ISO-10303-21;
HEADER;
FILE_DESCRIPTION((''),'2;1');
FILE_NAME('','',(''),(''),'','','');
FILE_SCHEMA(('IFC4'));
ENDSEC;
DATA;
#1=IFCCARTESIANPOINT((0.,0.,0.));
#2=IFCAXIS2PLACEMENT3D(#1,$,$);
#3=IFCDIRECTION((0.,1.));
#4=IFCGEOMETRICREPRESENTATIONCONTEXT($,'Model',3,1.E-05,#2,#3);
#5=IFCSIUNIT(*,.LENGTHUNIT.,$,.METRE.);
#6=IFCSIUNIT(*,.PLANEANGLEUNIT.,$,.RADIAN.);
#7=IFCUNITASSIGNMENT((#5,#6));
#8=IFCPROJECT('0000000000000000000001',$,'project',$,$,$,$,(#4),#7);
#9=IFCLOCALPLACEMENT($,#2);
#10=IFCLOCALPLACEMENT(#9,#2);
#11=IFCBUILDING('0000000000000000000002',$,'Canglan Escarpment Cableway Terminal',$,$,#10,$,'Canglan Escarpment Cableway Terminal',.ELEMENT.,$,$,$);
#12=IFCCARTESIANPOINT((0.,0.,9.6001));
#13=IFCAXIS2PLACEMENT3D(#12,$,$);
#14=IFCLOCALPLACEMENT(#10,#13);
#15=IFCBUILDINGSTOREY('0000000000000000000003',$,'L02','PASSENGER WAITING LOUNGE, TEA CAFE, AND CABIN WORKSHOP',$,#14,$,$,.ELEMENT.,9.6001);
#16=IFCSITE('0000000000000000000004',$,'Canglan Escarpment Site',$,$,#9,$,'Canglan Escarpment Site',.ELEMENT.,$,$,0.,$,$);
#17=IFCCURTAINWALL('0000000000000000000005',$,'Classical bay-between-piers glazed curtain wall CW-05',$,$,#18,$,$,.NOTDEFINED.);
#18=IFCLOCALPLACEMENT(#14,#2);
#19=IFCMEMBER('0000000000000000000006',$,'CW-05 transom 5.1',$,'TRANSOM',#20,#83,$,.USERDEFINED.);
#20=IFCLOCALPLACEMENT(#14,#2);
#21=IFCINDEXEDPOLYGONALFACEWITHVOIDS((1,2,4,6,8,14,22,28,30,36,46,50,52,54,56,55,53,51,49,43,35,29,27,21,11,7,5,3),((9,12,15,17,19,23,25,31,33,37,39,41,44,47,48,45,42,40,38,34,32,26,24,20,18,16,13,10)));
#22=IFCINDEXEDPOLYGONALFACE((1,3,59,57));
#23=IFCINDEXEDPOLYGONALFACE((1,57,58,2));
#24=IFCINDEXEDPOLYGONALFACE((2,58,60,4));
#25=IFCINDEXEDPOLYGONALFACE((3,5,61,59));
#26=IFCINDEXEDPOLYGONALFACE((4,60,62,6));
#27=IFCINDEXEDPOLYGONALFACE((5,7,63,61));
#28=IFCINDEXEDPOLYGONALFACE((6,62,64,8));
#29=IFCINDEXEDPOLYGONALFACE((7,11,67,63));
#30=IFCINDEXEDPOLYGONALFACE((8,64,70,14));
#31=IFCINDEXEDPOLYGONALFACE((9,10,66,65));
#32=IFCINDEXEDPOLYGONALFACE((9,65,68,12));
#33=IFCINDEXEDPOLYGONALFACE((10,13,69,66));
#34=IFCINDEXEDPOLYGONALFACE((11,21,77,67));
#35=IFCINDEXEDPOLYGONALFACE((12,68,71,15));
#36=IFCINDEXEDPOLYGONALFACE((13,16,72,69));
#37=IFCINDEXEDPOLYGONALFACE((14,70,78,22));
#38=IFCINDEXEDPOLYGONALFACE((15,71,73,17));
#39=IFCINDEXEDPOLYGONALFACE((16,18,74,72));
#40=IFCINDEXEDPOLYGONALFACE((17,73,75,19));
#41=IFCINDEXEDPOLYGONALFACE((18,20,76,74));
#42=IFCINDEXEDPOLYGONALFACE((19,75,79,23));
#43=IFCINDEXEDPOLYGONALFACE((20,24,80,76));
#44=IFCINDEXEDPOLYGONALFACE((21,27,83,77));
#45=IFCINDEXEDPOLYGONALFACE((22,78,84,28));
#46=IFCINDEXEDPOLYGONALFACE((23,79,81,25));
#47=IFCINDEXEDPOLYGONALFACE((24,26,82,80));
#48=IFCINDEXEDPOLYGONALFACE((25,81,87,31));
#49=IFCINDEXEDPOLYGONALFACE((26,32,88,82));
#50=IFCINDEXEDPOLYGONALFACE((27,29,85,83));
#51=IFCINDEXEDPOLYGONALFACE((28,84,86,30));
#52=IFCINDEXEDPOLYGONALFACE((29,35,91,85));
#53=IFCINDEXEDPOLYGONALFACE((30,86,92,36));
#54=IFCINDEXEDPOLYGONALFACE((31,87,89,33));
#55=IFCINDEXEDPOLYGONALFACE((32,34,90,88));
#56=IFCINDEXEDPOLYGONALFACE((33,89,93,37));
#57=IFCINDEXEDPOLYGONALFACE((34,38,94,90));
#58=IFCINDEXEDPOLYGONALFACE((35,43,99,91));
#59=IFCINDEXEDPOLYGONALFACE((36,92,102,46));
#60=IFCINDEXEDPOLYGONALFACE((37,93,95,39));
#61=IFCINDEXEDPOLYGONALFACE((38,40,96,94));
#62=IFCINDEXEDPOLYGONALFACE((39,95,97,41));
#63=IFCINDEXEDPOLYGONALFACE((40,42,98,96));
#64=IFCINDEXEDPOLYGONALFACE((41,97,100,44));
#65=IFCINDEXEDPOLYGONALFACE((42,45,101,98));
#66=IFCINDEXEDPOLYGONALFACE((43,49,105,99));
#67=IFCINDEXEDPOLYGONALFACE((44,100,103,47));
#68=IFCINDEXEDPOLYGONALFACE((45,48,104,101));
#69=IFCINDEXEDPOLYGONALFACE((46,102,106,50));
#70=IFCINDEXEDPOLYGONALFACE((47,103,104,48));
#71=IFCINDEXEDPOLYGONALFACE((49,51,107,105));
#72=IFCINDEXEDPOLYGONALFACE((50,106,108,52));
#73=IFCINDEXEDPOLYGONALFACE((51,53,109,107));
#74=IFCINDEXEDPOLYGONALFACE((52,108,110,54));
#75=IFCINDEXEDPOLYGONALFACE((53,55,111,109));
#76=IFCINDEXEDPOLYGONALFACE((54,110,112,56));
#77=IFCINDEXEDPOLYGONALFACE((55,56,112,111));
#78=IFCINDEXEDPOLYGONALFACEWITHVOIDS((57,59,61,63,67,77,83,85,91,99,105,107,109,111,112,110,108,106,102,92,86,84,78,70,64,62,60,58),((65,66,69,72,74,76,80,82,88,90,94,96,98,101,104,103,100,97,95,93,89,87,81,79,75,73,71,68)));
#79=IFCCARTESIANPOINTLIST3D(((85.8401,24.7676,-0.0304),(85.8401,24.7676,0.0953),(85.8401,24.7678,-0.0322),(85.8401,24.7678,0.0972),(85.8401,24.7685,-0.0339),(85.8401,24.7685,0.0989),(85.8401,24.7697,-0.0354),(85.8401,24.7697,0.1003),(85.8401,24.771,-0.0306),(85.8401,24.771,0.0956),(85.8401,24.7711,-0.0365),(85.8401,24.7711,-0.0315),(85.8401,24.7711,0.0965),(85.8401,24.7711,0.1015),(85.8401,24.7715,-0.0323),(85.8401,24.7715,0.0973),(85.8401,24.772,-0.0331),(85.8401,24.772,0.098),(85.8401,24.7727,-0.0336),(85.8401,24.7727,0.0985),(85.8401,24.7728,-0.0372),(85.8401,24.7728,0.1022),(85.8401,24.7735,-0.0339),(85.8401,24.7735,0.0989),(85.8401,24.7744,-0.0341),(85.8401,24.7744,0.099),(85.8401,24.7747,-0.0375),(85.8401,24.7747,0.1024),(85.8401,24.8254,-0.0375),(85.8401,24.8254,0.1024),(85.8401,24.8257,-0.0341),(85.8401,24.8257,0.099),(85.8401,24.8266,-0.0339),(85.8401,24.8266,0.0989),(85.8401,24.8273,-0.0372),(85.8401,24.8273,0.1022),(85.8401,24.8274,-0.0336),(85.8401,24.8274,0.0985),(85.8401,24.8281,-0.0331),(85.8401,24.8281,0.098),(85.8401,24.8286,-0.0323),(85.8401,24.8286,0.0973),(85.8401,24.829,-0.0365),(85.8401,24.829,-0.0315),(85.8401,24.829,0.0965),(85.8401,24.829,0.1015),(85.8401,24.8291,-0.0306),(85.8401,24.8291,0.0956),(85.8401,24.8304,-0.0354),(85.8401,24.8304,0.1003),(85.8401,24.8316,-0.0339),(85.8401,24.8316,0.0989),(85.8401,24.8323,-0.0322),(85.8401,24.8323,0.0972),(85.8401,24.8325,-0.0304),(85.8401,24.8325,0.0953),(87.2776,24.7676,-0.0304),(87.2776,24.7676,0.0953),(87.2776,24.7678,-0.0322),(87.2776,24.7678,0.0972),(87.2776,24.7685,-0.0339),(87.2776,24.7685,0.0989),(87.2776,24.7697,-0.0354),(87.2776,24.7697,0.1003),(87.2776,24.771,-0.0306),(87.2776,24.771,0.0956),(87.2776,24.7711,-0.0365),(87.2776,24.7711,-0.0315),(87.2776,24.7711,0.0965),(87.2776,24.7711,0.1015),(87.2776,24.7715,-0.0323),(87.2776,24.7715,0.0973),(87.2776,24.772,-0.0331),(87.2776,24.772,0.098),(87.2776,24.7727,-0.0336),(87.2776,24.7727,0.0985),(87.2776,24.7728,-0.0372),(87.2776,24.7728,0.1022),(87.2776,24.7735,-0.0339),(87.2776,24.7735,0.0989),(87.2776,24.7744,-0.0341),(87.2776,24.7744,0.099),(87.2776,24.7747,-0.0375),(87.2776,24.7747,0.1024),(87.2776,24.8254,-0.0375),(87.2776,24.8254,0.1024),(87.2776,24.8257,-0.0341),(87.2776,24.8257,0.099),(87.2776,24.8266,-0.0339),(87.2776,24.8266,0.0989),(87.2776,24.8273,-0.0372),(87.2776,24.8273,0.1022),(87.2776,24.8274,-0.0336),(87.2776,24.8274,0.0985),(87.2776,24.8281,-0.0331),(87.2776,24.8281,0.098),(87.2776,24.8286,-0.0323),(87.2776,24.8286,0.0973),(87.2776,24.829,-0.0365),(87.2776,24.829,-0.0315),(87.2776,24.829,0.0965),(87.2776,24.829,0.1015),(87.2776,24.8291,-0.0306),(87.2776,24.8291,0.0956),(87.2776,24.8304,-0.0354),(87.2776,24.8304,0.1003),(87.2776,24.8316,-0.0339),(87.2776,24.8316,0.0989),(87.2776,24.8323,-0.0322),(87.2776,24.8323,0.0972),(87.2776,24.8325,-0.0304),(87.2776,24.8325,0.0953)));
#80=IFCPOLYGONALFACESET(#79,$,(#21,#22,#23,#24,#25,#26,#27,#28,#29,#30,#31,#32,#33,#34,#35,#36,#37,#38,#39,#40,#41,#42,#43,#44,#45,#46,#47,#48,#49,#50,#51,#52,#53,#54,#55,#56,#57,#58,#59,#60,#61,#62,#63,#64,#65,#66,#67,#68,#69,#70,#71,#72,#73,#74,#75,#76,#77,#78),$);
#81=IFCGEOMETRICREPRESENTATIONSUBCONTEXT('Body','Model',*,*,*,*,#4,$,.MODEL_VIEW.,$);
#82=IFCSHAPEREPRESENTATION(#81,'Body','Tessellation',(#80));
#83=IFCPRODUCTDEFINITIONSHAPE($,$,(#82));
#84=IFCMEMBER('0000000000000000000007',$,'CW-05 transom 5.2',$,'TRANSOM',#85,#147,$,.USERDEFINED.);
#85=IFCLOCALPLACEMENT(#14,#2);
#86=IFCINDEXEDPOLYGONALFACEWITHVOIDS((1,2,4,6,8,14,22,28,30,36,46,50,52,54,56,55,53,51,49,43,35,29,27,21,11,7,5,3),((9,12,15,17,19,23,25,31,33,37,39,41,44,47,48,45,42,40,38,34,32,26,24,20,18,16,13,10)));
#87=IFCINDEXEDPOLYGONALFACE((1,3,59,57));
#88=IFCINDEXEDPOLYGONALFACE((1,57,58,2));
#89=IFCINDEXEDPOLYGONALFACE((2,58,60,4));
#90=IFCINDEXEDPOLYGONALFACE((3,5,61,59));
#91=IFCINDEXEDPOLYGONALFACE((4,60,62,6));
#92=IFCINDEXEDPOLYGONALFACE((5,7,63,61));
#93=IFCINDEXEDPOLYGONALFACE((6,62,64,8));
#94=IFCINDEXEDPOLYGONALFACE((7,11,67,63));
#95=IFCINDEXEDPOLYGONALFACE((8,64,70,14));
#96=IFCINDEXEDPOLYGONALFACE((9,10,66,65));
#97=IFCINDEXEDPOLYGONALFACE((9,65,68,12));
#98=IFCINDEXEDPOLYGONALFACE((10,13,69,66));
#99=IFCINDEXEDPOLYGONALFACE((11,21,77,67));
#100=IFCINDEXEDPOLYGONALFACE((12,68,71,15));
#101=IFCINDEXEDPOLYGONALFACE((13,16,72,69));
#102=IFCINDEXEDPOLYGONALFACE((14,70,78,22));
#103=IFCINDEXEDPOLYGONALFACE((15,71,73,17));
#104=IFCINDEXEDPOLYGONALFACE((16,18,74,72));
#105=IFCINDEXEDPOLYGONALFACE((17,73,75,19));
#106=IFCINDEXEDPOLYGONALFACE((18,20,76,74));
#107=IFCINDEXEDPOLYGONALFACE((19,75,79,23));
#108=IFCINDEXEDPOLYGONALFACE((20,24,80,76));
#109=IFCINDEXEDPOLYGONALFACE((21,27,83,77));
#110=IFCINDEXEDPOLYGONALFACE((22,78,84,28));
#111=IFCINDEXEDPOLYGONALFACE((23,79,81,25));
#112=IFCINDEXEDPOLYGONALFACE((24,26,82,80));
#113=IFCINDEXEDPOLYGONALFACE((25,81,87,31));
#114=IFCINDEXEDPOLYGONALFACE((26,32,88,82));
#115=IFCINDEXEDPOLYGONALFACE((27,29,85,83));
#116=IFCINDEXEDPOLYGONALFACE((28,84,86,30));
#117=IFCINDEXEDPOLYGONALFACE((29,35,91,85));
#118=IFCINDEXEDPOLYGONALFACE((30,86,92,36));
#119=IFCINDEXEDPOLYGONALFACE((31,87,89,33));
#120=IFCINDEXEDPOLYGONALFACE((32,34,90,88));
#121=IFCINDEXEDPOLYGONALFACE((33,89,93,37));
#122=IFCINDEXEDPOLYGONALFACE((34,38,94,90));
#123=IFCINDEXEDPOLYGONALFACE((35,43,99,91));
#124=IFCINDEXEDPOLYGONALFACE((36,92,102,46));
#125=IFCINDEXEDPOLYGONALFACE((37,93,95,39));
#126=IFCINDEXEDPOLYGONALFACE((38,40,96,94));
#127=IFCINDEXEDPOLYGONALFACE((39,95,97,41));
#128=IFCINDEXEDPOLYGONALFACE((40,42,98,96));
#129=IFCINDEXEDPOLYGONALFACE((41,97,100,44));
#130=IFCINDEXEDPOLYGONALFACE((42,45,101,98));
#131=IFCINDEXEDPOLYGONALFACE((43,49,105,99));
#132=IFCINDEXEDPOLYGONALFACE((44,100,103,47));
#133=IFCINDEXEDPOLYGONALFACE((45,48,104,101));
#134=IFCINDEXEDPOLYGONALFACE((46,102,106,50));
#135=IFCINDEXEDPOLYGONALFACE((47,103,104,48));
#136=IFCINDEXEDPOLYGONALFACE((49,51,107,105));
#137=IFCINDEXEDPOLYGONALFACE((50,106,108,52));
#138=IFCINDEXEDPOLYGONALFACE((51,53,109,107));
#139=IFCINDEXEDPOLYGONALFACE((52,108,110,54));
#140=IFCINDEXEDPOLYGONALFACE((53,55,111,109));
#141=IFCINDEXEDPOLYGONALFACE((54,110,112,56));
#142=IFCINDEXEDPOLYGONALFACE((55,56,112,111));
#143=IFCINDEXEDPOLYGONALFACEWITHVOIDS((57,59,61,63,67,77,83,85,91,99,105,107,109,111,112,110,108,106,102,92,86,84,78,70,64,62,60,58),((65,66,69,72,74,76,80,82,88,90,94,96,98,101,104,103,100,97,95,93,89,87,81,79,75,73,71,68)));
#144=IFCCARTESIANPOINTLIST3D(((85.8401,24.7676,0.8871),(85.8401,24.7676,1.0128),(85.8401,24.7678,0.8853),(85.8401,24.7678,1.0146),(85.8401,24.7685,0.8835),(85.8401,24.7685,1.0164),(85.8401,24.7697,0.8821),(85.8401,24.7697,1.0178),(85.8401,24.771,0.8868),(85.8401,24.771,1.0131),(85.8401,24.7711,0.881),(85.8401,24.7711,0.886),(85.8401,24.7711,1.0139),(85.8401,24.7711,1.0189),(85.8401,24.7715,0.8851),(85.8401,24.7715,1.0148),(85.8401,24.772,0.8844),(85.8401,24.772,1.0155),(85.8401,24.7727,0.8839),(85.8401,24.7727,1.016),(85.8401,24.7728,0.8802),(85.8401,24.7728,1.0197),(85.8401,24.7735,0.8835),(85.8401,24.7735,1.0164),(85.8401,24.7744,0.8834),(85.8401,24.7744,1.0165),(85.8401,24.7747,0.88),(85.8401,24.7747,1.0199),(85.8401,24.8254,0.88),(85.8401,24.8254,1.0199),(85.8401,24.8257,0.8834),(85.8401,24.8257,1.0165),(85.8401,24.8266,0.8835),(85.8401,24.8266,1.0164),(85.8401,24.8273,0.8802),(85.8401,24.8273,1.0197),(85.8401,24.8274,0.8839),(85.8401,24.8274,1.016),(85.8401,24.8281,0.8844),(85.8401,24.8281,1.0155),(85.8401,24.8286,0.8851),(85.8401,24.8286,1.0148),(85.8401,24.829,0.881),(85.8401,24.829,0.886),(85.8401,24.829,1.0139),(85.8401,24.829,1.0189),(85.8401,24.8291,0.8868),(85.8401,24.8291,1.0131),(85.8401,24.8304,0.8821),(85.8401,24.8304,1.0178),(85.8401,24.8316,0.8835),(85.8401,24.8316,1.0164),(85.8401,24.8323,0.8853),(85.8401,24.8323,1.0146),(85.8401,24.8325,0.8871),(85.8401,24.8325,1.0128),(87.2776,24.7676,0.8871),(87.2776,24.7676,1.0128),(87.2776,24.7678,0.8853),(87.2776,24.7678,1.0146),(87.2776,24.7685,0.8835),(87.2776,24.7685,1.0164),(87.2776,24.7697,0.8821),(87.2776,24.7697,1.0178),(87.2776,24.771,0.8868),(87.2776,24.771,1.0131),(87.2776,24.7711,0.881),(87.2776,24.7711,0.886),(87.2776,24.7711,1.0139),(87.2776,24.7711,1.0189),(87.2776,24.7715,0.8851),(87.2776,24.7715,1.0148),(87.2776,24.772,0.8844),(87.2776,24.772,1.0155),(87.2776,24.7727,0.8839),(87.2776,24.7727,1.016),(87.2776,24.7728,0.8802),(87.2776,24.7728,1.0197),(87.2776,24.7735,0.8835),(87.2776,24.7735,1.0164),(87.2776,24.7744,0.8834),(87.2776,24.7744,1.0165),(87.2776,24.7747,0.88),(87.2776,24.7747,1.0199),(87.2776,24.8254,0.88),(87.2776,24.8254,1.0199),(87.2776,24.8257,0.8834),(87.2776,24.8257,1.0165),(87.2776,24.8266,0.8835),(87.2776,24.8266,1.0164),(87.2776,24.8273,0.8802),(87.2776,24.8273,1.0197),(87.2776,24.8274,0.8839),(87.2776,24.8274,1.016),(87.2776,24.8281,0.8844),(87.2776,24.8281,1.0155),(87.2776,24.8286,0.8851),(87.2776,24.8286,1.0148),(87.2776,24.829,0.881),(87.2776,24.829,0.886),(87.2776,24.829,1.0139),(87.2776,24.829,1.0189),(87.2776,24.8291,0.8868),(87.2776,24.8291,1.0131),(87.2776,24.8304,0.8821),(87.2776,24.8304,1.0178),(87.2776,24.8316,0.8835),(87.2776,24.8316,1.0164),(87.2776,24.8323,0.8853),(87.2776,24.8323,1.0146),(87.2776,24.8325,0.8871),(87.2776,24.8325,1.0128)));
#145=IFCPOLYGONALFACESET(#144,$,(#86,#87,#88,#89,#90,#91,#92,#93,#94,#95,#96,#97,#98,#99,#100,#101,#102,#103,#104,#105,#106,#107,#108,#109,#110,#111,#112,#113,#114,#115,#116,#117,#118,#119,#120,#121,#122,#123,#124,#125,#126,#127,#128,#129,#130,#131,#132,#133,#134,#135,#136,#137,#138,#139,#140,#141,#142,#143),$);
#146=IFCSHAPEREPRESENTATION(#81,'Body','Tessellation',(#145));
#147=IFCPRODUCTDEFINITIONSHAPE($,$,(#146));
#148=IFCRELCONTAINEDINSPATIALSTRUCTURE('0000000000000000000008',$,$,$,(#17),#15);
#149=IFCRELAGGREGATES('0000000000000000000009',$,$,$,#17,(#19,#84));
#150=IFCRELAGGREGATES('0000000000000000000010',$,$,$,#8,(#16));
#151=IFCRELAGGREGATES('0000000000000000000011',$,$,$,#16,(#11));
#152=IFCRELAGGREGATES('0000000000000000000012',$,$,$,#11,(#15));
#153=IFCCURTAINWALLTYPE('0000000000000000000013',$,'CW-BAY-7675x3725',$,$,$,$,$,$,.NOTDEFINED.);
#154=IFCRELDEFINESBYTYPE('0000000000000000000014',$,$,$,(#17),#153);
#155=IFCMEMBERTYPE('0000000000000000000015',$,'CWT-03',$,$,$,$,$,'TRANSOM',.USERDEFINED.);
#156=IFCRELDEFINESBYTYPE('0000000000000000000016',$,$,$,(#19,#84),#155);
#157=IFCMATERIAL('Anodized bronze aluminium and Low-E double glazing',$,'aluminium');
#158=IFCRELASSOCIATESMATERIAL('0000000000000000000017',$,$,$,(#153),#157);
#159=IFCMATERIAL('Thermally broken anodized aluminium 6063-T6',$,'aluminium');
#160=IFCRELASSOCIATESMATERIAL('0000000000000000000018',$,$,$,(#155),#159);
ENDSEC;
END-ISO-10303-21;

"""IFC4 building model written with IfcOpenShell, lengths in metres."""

from ifc_helpers import new_model, si_unit, direction, frame, origin, origin_2d, place, context, subcontext, project, spatial, hollow_rectangle, extrude, material, material_profile, profile_set, type_object, element, aggregate, save


model = new_model("IFC4")

# Units and contexts
model_context = context("Model", 3, precision=1e-05, world=origin(), true_north=direction((0.0, 1.0)))
body_context = subcontext(model_context, "Body", "Model", "MODEL_VIEW")
ifc_project = project(units=[si_unit("LENGTHUNIT", "METRE"), si_unit("PLANEANGLEUNIT", "RADIAN")], contexts=[model_context])

# Site, building, storey
site_placement = place(None, origin())
site = spatial("IfcSite", under=ifc_project, at=site_placement, Name="Canglan Escarpment Site", LongName="Canglan Escarpment Site", CompositionType="ELEMENT", RefElevation=0.0)
building_placement = place(site_placement, origin())
building = spatial("IfcBuilding", under=site, at=building_placement, Name="Canglan Escarpment Cableway Terminal", LongName="Canglan Escarpment Cableway Terminal", CompositionType="ELEMENT")
storey_placement = place(building_placement, frame((0.0, 0.0, 9.6001)))
storey = spatial("IfcBuildingStorey", under=building, at=storey_placement, Name="L02", Description="PASSENGER WAITING LOUNGE, TEA CAFE, AND CABIN WORKSHOP", CompositionType="ELEMENT", Elevation=9.6001)

# Curtain wall
ifc_material_1 = material(Name="Anodized bronze aluminium and Low-E double glazing", Category="aluminium")
curtain_wall_type = type_object("IfcCurtainWallType", Name="CW-BAY-7675x3725", PredefinedType="NOTDEFINED", material=ifc_material_1)
ifc_material_2 = material(Name="Thermally broken anodized aluminium 6063-T6", Category="aluminium")
curtain_wall_1_placement = place(storey_placement, origin())
curtain_wall_1 = element("IfcCurtainWall", 1, at=curtain_wall_1_placement, inside=storey, type_object=curtain_wall_type, Name="Classical bay-between-piers glazed curtain wall CW-05", PredefinedType="NOTDEFINED")

# Members
ifc_material_profile_1 = material_profile(ifc_material_2, hollow_rectangle(XDim=0.0649, YDim=0.1399, WallThickness=0.0034, InnerFilletRadius=0.0034, OuterFilletRadius=0.0071, at=origin_2d()), Name="ALU-TRAN 65x140x3.5")
ifc_profile_set_1 = profile_set([ifc_material_profile_1], Name="Thermally broken anodized aluminium 6063-T6")
member_type_1 = type_object("IfcMemberType", Name="CWT-03", ElementType="TRANSOM", PredefinedType="USERDEFINED", material=ifc_profile_set_1)
member_1_placement = place(storey_placement, frame((87.2776, 24.8, 0.0325), z_axis=(-1.0, 0.0, 0.0), x_axis=(0.0, -1.0, 0.0)))
member_1 = element("IfcMember", 2, at=member_1_placement, type_object=member_type_1, Name="CW-05 transom 5.1", ObjectType="TRANSOM", PredefinedType="USERDEFINED", context=body_context, shape_type="SweptSolid", body=[
    extrude(hollow_rectangle(XDim=0.0649, YDim=0.1399, WallThickness=0.0034, InnerFilletRadius=0.0034, OuterFilletRadius=0.0071, at=origin_2d()), origin(), (0.0, 0.0, 1.0), 1.4375),
])
member_2_placement = place(storey_placement, frame((87.2776, 24.8, 0.95), z_axis=(-1.0, 0.0, 0.0), x_axis=(0.0, -1.0, 0.0)))
member_2 = element("IfcMember", 3, at=member_2_placement, type_object=member_type_1, Name="CW-05 transom 5.2", ObjectType="TRANSOM", PredefinedType="USERDEFINED", context=body_context, shape_type="SweptSolid", body=[
    extrude(hollow_rectangle(XDim=0.0649, YDim=0.1399, WallThickness=0.0034, InnerFilletRadius=0.0034, OuterFilletRadius=0.0071, at=origin_2d()), origin(), (0.0, 0.0, 1.0), 1.4375),
])

aggregate(curtain_wall_1, [member_1, member_2])

save(model, "model.ifc")
